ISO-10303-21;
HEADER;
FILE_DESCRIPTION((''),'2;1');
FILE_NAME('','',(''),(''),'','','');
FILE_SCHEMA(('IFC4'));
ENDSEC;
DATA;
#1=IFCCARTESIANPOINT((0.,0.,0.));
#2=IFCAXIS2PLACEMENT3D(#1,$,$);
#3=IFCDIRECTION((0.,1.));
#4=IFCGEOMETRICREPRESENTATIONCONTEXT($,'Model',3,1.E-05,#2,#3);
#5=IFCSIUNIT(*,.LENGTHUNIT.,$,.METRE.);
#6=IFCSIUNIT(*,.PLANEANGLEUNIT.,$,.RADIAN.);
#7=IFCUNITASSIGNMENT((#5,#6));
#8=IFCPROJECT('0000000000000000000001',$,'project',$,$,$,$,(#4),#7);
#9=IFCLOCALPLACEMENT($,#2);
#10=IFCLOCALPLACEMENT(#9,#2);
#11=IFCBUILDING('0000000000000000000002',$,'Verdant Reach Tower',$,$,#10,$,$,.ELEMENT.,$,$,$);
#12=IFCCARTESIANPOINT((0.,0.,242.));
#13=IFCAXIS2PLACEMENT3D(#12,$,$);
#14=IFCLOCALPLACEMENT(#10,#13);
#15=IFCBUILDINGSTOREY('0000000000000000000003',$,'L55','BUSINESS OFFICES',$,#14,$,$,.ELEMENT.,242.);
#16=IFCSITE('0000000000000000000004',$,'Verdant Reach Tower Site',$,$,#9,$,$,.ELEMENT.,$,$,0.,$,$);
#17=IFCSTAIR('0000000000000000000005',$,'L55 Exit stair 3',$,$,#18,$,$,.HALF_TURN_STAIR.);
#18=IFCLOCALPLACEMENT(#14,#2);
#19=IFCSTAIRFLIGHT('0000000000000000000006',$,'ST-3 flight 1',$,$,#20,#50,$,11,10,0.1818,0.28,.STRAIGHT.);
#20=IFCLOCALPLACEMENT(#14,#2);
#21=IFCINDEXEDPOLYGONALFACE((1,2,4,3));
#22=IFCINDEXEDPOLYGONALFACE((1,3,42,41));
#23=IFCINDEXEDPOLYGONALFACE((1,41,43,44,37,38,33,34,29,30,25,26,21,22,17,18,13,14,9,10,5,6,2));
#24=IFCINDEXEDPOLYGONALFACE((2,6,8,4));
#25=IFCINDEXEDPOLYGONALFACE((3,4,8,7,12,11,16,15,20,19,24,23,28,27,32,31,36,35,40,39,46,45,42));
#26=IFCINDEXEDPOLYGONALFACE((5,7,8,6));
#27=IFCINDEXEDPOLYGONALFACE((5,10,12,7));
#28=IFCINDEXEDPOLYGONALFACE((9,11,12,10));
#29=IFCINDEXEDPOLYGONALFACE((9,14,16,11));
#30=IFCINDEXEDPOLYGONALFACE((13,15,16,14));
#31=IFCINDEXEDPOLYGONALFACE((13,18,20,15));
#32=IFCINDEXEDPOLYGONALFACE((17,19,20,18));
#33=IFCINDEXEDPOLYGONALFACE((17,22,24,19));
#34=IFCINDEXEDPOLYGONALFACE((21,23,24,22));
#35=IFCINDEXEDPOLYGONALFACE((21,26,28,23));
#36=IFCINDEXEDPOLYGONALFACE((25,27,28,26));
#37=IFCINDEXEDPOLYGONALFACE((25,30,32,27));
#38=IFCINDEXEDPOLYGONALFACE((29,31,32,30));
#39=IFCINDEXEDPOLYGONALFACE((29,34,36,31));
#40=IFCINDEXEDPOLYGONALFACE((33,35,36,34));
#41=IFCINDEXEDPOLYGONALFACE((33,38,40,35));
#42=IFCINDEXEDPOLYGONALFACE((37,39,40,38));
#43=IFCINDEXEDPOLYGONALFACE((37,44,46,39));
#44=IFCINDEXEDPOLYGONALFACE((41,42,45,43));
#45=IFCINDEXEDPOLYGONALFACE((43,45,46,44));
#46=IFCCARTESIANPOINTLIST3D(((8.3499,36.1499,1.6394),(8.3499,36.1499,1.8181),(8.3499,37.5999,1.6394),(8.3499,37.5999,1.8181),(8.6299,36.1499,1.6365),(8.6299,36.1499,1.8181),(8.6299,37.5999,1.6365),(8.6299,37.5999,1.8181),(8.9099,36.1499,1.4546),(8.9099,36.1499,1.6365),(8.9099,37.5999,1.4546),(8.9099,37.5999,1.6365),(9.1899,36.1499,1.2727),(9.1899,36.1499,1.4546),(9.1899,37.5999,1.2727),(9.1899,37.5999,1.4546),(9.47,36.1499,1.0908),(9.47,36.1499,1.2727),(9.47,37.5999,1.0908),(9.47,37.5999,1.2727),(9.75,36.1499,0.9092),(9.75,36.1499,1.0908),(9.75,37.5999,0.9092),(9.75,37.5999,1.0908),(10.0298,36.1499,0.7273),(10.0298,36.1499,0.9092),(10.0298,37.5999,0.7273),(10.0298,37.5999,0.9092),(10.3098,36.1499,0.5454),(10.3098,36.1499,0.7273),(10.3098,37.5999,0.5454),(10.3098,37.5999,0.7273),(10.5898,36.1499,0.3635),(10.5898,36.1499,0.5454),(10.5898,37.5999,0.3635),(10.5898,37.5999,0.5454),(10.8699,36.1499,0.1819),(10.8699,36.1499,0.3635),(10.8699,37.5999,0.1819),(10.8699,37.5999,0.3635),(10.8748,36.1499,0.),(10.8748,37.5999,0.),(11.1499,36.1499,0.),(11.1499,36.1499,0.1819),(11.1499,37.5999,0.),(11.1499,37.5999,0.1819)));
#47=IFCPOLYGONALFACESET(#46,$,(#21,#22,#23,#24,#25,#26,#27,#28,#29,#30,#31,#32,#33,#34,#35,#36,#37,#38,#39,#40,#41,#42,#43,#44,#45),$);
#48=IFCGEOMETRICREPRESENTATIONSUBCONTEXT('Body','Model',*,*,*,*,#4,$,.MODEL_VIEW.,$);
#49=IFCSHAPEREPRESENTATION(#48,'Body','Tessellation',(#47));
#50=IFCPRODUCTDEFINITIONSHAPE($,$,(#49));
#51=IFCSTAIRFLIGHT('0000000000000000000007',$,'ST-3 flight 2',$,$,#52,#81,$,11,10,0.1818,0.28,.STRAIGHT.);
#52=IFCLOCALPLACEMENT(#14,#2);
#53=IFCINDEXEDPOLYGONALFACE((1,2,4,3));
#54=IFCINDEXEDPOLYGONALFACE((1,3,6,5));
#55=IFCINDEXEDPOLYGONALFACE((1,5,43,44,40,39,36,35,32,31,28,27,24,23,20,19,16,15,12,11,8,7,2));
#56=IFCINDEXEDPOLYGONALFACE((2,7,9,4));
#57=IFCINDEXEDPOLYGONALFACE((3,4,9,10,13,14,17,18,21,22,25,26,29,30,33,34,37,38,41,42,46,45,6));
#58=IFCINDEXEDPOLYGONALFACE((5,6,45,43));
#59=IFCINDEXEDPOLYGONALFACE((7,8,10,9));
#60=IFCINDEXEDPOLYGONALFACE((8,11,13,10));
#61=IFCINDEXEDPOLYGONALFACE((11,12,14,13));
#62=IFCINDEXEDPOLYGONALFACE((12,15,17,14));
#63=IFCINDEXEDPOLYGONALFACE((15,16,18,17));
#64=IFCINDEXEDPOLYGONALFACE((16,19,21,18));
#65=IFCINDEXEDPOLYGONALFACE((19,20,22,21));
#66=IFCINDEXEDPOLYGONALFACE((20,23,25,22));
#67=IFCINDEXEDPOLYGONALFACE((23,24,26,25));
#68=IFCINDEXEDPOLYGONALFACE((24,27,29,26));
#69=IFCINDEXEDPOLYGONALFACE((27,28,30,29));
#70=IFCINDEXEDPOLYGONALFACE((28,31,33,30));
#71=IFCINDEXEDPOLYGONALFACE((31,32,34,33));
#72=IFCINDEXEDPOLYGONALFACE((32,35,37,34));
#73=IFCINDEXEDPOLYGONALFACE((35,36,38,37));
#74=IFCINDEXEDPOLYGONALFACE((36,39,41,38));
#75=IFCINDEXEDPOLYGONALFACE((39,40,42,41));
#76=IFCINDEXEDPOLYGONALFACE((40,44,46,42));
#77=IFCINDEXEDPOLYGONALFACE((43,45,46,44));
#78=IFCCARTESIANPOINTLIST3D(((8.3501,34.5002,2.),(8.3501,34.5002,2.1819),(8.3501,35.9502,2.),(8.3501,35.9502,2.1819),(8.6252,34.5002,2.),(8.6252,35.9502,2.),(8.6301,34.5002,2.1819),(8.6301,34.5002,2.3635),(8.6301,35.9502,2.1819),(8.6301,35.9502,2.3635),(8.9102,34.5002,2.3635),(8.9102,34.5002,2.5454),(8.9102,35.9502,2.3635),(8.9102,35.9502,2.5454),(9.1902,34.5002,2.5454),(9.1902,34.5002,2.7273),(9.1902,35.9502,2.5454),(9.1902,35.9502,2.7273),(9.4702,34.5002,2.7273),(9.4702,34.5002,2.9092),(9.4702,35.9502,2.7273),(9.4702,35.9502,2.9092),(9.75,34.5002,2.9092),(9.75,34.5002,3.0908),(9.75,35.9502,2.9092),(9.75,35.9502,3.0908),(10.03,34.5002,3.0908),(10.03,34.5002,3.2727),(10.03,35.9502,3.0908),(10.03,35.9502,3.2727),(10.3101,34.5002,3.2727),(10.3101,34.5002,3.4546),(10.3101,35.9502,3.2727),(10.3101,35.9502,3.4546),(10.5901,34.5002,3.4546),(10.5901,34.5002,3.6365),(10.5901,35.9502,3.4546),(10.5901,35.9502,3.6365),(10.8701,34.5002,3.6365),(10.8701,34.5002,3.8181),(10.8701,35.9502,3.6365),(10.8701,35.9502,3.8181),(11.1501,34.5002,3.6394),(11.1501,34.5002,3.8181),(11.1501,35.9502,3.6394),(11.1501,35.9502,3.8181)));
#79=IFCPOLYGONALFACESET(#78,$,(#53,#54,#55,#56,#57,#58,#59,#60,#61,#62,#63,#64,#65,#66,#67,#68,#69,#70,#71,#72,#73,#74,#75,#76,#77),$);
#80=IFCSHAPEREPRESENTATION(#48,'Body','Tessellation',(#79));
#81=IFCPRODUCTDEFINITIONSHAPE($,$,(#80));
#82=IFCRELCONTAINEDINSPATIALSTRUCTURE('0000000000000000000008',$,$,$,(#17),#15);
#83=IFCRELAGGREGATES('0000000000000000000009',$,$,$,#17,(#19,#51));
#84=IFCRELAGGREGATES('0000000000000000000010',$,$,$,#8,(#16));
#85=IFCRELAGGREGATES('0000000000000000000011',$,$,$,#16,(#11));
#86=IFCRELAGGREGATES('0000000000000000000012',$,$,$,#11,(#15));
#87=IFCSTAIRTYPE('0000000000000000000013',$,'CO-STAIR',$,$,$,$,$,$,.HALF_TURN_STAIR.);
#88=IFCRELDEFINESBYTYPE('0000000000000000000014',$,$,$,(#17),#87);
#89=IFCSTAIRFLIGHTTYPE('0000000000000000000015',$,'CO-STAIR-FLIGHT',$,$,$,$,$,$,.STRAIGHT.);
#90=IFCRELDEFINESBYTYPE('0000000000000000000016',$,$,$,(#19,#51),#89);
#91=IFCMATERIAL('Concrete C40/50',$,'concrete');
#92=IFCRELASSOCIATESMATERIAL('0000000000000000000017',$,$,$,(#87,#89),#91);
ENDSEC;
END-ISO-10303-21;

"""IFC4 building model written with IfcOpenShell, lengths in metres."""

from ifc_helpers import new_model, si_unit, direction, frame, origin, place, context, subcontext, project, spatial, polyline, outline, extrude, material, type_object, element, aggregate, save


model = new_model("IFC4")

# Units and contexts
model_context = context("Model", 3, precision=1e-05, world=origin(), true_north=direction((0.0, 1.0)))
body_context = subcontext(model_context, "Body", "Model", "MODEL_VIEW")
ifc_project = project(units=[si_unit("LENGTHUNIT", "METRE"), si_unit("PLANEANGLEUNIT", "RADIAN")], contexts=[model_context])

# Site, building, storey
site_placement = place(None, origin())
site = spatial("IfcSite", under=ifc_project, at=site_placement, Name="Verdant Reach Tower Site", CompositionType="ELEMENT", RefElevation=0.0)
building_placement = place(site_placement, origin())
building = spatial("IfcBuilding", under=site, at=building_placement, Name="Verdant Reach Tower", CompositionType="ELEMENT")
storey_placement = place(building_placement, frame((0.0, 0.0, 242.0)))
storey = spatial("IfcBuildingStorey", under=building, at=storey_placement, Name="L55", Description="BUSINESS OFFICES", CompositionType="ELEMENT", Elevation=242.0)

# Shared definitions
ifc_material_1 = material(Name="Concrete C40/50", Category="concrete")

# Stair, stair flights
stair_type = type_object("IfcStairType", Name="CO-STAIR", PredefinedType="HALF_TURN_STAIR", material=ifc_material_1)
stair_flight_type = type_object("IfcStairFlightType", Name="CO-STAIR-FLIGHT", PredefinedType="STRAIGHT", material=ifc_material_1)
stair_1_placement = place(storey_placement, origin())
stair_1 = element("IfcStair", 1, at=stair_1_placement, inside=storey, type_object=stair_type, Name="L55 Exit stair 3", PredefinedType="HALF_TURN_STAIR")
stair_flight_1_placement = place(storey_placement, frame((11.1499, 36.875, 0.0), z_axis=(0.0, 0.0, 1.0), x_axis=(-1.0, 0.0, 0.0)))
stair_flight_1 = element("IfcStairFlight", 2, at=stair_flight_1_placement, type_object=stair_flight_type, Name="ST-3 flight 1", NumberOfRisers=11, NumberOfTreads=10, PredefinedType="STRAIGHT", RiserHeight=0.1818, TreadLength=0.28, context=body_context, shape_type="SweptSolid", body=[
    extrude(outline(polyline([(0.0, 0.0), (0.0, 0.1819), (0.28, 0.1819), (0.28, 0.3635), (0.5601, 0.3635), (0.5601, 0.5454), (0.8401, 0.5454), (0.8401, 0.7273), (1.1201, 0.7273), (1.1201, 0.9092), (1.3999, 0.9092), (1.3999, 1.0908), (1.6799, 1.0908), (1.6799, 1.2727), (1.96, 1.2727), (1.96, 1.4546), (2.24, 1.4546), (2.24, 1.6365), (2.52, 1.6365), (2.52, 1.8181), (2.8, 1.8181), (2.8, 2.0), (2.8, 1.6394), (0.2751, 0.0), (0.0, 0.0)])), frame((0.0, 0.7251, 0.0), z_axis=(0.0, -1.0, 0.0), x_axis=(1.0, 0.0, 0.0)), (0.0, 0.0, 1.0), 1.45),
])
stair_flight_2_placement = place(storey_placement, frame((8.3501, 35.2251, 2.0), z_axis=(0.0, 0.0, 1.0), x_axis=(1.0, 0.0, 0.0)))
stair_flight_2 = element("IfcStairFlight", 3, at=stair_flight_2_placement, type_object=stair_flight_type, Name="ST-3 flight 2", NumberOfRisers=11, NumberOfTreads=10, PredefinedType="STRAIGHT", RiserHeight=0.1818, TreadLength=0.28, context=body_context, shape_type="SweptSolid", body=[
    extrude(outline(polyline([(0.0, 0.0), (0.0, 0.1819), (0.28, 0.1819), (0.28, 0.3635), (0.5601, 0.3635), (0.5601, 0.5454), (0.8401, 0.5454), (0.8401, 0.7273), (1.1201, 0.7273), (1.1201, 0.9092), (1.3999, 0.9092), (1.3999, 1.0908), (1.6799, 1.0908), (1.6799, 1.2727), (1.96, 1.2727), (1.96, 1.4546), (2.24, 1.4546), (2.24, 1.6365), (2.52, 1.6365), (2.52, 1.8181), (2.8, 1.8181), (2.8, 2.0), (2.8, 1.6394), (0.2751, 0.0), (0.0, 0.0)])), frame((0.0, 0.7251, 0.0), z_axis=(0.0, -1.0, 0.0), x_axis=(1.0, 0.0, 0.0)), (0.0, 0.0, 1.0), 1.45),
])
aggregate(stair_1, [stair_flight_1, stair_flight_2])

save(model, "model.ifc")
